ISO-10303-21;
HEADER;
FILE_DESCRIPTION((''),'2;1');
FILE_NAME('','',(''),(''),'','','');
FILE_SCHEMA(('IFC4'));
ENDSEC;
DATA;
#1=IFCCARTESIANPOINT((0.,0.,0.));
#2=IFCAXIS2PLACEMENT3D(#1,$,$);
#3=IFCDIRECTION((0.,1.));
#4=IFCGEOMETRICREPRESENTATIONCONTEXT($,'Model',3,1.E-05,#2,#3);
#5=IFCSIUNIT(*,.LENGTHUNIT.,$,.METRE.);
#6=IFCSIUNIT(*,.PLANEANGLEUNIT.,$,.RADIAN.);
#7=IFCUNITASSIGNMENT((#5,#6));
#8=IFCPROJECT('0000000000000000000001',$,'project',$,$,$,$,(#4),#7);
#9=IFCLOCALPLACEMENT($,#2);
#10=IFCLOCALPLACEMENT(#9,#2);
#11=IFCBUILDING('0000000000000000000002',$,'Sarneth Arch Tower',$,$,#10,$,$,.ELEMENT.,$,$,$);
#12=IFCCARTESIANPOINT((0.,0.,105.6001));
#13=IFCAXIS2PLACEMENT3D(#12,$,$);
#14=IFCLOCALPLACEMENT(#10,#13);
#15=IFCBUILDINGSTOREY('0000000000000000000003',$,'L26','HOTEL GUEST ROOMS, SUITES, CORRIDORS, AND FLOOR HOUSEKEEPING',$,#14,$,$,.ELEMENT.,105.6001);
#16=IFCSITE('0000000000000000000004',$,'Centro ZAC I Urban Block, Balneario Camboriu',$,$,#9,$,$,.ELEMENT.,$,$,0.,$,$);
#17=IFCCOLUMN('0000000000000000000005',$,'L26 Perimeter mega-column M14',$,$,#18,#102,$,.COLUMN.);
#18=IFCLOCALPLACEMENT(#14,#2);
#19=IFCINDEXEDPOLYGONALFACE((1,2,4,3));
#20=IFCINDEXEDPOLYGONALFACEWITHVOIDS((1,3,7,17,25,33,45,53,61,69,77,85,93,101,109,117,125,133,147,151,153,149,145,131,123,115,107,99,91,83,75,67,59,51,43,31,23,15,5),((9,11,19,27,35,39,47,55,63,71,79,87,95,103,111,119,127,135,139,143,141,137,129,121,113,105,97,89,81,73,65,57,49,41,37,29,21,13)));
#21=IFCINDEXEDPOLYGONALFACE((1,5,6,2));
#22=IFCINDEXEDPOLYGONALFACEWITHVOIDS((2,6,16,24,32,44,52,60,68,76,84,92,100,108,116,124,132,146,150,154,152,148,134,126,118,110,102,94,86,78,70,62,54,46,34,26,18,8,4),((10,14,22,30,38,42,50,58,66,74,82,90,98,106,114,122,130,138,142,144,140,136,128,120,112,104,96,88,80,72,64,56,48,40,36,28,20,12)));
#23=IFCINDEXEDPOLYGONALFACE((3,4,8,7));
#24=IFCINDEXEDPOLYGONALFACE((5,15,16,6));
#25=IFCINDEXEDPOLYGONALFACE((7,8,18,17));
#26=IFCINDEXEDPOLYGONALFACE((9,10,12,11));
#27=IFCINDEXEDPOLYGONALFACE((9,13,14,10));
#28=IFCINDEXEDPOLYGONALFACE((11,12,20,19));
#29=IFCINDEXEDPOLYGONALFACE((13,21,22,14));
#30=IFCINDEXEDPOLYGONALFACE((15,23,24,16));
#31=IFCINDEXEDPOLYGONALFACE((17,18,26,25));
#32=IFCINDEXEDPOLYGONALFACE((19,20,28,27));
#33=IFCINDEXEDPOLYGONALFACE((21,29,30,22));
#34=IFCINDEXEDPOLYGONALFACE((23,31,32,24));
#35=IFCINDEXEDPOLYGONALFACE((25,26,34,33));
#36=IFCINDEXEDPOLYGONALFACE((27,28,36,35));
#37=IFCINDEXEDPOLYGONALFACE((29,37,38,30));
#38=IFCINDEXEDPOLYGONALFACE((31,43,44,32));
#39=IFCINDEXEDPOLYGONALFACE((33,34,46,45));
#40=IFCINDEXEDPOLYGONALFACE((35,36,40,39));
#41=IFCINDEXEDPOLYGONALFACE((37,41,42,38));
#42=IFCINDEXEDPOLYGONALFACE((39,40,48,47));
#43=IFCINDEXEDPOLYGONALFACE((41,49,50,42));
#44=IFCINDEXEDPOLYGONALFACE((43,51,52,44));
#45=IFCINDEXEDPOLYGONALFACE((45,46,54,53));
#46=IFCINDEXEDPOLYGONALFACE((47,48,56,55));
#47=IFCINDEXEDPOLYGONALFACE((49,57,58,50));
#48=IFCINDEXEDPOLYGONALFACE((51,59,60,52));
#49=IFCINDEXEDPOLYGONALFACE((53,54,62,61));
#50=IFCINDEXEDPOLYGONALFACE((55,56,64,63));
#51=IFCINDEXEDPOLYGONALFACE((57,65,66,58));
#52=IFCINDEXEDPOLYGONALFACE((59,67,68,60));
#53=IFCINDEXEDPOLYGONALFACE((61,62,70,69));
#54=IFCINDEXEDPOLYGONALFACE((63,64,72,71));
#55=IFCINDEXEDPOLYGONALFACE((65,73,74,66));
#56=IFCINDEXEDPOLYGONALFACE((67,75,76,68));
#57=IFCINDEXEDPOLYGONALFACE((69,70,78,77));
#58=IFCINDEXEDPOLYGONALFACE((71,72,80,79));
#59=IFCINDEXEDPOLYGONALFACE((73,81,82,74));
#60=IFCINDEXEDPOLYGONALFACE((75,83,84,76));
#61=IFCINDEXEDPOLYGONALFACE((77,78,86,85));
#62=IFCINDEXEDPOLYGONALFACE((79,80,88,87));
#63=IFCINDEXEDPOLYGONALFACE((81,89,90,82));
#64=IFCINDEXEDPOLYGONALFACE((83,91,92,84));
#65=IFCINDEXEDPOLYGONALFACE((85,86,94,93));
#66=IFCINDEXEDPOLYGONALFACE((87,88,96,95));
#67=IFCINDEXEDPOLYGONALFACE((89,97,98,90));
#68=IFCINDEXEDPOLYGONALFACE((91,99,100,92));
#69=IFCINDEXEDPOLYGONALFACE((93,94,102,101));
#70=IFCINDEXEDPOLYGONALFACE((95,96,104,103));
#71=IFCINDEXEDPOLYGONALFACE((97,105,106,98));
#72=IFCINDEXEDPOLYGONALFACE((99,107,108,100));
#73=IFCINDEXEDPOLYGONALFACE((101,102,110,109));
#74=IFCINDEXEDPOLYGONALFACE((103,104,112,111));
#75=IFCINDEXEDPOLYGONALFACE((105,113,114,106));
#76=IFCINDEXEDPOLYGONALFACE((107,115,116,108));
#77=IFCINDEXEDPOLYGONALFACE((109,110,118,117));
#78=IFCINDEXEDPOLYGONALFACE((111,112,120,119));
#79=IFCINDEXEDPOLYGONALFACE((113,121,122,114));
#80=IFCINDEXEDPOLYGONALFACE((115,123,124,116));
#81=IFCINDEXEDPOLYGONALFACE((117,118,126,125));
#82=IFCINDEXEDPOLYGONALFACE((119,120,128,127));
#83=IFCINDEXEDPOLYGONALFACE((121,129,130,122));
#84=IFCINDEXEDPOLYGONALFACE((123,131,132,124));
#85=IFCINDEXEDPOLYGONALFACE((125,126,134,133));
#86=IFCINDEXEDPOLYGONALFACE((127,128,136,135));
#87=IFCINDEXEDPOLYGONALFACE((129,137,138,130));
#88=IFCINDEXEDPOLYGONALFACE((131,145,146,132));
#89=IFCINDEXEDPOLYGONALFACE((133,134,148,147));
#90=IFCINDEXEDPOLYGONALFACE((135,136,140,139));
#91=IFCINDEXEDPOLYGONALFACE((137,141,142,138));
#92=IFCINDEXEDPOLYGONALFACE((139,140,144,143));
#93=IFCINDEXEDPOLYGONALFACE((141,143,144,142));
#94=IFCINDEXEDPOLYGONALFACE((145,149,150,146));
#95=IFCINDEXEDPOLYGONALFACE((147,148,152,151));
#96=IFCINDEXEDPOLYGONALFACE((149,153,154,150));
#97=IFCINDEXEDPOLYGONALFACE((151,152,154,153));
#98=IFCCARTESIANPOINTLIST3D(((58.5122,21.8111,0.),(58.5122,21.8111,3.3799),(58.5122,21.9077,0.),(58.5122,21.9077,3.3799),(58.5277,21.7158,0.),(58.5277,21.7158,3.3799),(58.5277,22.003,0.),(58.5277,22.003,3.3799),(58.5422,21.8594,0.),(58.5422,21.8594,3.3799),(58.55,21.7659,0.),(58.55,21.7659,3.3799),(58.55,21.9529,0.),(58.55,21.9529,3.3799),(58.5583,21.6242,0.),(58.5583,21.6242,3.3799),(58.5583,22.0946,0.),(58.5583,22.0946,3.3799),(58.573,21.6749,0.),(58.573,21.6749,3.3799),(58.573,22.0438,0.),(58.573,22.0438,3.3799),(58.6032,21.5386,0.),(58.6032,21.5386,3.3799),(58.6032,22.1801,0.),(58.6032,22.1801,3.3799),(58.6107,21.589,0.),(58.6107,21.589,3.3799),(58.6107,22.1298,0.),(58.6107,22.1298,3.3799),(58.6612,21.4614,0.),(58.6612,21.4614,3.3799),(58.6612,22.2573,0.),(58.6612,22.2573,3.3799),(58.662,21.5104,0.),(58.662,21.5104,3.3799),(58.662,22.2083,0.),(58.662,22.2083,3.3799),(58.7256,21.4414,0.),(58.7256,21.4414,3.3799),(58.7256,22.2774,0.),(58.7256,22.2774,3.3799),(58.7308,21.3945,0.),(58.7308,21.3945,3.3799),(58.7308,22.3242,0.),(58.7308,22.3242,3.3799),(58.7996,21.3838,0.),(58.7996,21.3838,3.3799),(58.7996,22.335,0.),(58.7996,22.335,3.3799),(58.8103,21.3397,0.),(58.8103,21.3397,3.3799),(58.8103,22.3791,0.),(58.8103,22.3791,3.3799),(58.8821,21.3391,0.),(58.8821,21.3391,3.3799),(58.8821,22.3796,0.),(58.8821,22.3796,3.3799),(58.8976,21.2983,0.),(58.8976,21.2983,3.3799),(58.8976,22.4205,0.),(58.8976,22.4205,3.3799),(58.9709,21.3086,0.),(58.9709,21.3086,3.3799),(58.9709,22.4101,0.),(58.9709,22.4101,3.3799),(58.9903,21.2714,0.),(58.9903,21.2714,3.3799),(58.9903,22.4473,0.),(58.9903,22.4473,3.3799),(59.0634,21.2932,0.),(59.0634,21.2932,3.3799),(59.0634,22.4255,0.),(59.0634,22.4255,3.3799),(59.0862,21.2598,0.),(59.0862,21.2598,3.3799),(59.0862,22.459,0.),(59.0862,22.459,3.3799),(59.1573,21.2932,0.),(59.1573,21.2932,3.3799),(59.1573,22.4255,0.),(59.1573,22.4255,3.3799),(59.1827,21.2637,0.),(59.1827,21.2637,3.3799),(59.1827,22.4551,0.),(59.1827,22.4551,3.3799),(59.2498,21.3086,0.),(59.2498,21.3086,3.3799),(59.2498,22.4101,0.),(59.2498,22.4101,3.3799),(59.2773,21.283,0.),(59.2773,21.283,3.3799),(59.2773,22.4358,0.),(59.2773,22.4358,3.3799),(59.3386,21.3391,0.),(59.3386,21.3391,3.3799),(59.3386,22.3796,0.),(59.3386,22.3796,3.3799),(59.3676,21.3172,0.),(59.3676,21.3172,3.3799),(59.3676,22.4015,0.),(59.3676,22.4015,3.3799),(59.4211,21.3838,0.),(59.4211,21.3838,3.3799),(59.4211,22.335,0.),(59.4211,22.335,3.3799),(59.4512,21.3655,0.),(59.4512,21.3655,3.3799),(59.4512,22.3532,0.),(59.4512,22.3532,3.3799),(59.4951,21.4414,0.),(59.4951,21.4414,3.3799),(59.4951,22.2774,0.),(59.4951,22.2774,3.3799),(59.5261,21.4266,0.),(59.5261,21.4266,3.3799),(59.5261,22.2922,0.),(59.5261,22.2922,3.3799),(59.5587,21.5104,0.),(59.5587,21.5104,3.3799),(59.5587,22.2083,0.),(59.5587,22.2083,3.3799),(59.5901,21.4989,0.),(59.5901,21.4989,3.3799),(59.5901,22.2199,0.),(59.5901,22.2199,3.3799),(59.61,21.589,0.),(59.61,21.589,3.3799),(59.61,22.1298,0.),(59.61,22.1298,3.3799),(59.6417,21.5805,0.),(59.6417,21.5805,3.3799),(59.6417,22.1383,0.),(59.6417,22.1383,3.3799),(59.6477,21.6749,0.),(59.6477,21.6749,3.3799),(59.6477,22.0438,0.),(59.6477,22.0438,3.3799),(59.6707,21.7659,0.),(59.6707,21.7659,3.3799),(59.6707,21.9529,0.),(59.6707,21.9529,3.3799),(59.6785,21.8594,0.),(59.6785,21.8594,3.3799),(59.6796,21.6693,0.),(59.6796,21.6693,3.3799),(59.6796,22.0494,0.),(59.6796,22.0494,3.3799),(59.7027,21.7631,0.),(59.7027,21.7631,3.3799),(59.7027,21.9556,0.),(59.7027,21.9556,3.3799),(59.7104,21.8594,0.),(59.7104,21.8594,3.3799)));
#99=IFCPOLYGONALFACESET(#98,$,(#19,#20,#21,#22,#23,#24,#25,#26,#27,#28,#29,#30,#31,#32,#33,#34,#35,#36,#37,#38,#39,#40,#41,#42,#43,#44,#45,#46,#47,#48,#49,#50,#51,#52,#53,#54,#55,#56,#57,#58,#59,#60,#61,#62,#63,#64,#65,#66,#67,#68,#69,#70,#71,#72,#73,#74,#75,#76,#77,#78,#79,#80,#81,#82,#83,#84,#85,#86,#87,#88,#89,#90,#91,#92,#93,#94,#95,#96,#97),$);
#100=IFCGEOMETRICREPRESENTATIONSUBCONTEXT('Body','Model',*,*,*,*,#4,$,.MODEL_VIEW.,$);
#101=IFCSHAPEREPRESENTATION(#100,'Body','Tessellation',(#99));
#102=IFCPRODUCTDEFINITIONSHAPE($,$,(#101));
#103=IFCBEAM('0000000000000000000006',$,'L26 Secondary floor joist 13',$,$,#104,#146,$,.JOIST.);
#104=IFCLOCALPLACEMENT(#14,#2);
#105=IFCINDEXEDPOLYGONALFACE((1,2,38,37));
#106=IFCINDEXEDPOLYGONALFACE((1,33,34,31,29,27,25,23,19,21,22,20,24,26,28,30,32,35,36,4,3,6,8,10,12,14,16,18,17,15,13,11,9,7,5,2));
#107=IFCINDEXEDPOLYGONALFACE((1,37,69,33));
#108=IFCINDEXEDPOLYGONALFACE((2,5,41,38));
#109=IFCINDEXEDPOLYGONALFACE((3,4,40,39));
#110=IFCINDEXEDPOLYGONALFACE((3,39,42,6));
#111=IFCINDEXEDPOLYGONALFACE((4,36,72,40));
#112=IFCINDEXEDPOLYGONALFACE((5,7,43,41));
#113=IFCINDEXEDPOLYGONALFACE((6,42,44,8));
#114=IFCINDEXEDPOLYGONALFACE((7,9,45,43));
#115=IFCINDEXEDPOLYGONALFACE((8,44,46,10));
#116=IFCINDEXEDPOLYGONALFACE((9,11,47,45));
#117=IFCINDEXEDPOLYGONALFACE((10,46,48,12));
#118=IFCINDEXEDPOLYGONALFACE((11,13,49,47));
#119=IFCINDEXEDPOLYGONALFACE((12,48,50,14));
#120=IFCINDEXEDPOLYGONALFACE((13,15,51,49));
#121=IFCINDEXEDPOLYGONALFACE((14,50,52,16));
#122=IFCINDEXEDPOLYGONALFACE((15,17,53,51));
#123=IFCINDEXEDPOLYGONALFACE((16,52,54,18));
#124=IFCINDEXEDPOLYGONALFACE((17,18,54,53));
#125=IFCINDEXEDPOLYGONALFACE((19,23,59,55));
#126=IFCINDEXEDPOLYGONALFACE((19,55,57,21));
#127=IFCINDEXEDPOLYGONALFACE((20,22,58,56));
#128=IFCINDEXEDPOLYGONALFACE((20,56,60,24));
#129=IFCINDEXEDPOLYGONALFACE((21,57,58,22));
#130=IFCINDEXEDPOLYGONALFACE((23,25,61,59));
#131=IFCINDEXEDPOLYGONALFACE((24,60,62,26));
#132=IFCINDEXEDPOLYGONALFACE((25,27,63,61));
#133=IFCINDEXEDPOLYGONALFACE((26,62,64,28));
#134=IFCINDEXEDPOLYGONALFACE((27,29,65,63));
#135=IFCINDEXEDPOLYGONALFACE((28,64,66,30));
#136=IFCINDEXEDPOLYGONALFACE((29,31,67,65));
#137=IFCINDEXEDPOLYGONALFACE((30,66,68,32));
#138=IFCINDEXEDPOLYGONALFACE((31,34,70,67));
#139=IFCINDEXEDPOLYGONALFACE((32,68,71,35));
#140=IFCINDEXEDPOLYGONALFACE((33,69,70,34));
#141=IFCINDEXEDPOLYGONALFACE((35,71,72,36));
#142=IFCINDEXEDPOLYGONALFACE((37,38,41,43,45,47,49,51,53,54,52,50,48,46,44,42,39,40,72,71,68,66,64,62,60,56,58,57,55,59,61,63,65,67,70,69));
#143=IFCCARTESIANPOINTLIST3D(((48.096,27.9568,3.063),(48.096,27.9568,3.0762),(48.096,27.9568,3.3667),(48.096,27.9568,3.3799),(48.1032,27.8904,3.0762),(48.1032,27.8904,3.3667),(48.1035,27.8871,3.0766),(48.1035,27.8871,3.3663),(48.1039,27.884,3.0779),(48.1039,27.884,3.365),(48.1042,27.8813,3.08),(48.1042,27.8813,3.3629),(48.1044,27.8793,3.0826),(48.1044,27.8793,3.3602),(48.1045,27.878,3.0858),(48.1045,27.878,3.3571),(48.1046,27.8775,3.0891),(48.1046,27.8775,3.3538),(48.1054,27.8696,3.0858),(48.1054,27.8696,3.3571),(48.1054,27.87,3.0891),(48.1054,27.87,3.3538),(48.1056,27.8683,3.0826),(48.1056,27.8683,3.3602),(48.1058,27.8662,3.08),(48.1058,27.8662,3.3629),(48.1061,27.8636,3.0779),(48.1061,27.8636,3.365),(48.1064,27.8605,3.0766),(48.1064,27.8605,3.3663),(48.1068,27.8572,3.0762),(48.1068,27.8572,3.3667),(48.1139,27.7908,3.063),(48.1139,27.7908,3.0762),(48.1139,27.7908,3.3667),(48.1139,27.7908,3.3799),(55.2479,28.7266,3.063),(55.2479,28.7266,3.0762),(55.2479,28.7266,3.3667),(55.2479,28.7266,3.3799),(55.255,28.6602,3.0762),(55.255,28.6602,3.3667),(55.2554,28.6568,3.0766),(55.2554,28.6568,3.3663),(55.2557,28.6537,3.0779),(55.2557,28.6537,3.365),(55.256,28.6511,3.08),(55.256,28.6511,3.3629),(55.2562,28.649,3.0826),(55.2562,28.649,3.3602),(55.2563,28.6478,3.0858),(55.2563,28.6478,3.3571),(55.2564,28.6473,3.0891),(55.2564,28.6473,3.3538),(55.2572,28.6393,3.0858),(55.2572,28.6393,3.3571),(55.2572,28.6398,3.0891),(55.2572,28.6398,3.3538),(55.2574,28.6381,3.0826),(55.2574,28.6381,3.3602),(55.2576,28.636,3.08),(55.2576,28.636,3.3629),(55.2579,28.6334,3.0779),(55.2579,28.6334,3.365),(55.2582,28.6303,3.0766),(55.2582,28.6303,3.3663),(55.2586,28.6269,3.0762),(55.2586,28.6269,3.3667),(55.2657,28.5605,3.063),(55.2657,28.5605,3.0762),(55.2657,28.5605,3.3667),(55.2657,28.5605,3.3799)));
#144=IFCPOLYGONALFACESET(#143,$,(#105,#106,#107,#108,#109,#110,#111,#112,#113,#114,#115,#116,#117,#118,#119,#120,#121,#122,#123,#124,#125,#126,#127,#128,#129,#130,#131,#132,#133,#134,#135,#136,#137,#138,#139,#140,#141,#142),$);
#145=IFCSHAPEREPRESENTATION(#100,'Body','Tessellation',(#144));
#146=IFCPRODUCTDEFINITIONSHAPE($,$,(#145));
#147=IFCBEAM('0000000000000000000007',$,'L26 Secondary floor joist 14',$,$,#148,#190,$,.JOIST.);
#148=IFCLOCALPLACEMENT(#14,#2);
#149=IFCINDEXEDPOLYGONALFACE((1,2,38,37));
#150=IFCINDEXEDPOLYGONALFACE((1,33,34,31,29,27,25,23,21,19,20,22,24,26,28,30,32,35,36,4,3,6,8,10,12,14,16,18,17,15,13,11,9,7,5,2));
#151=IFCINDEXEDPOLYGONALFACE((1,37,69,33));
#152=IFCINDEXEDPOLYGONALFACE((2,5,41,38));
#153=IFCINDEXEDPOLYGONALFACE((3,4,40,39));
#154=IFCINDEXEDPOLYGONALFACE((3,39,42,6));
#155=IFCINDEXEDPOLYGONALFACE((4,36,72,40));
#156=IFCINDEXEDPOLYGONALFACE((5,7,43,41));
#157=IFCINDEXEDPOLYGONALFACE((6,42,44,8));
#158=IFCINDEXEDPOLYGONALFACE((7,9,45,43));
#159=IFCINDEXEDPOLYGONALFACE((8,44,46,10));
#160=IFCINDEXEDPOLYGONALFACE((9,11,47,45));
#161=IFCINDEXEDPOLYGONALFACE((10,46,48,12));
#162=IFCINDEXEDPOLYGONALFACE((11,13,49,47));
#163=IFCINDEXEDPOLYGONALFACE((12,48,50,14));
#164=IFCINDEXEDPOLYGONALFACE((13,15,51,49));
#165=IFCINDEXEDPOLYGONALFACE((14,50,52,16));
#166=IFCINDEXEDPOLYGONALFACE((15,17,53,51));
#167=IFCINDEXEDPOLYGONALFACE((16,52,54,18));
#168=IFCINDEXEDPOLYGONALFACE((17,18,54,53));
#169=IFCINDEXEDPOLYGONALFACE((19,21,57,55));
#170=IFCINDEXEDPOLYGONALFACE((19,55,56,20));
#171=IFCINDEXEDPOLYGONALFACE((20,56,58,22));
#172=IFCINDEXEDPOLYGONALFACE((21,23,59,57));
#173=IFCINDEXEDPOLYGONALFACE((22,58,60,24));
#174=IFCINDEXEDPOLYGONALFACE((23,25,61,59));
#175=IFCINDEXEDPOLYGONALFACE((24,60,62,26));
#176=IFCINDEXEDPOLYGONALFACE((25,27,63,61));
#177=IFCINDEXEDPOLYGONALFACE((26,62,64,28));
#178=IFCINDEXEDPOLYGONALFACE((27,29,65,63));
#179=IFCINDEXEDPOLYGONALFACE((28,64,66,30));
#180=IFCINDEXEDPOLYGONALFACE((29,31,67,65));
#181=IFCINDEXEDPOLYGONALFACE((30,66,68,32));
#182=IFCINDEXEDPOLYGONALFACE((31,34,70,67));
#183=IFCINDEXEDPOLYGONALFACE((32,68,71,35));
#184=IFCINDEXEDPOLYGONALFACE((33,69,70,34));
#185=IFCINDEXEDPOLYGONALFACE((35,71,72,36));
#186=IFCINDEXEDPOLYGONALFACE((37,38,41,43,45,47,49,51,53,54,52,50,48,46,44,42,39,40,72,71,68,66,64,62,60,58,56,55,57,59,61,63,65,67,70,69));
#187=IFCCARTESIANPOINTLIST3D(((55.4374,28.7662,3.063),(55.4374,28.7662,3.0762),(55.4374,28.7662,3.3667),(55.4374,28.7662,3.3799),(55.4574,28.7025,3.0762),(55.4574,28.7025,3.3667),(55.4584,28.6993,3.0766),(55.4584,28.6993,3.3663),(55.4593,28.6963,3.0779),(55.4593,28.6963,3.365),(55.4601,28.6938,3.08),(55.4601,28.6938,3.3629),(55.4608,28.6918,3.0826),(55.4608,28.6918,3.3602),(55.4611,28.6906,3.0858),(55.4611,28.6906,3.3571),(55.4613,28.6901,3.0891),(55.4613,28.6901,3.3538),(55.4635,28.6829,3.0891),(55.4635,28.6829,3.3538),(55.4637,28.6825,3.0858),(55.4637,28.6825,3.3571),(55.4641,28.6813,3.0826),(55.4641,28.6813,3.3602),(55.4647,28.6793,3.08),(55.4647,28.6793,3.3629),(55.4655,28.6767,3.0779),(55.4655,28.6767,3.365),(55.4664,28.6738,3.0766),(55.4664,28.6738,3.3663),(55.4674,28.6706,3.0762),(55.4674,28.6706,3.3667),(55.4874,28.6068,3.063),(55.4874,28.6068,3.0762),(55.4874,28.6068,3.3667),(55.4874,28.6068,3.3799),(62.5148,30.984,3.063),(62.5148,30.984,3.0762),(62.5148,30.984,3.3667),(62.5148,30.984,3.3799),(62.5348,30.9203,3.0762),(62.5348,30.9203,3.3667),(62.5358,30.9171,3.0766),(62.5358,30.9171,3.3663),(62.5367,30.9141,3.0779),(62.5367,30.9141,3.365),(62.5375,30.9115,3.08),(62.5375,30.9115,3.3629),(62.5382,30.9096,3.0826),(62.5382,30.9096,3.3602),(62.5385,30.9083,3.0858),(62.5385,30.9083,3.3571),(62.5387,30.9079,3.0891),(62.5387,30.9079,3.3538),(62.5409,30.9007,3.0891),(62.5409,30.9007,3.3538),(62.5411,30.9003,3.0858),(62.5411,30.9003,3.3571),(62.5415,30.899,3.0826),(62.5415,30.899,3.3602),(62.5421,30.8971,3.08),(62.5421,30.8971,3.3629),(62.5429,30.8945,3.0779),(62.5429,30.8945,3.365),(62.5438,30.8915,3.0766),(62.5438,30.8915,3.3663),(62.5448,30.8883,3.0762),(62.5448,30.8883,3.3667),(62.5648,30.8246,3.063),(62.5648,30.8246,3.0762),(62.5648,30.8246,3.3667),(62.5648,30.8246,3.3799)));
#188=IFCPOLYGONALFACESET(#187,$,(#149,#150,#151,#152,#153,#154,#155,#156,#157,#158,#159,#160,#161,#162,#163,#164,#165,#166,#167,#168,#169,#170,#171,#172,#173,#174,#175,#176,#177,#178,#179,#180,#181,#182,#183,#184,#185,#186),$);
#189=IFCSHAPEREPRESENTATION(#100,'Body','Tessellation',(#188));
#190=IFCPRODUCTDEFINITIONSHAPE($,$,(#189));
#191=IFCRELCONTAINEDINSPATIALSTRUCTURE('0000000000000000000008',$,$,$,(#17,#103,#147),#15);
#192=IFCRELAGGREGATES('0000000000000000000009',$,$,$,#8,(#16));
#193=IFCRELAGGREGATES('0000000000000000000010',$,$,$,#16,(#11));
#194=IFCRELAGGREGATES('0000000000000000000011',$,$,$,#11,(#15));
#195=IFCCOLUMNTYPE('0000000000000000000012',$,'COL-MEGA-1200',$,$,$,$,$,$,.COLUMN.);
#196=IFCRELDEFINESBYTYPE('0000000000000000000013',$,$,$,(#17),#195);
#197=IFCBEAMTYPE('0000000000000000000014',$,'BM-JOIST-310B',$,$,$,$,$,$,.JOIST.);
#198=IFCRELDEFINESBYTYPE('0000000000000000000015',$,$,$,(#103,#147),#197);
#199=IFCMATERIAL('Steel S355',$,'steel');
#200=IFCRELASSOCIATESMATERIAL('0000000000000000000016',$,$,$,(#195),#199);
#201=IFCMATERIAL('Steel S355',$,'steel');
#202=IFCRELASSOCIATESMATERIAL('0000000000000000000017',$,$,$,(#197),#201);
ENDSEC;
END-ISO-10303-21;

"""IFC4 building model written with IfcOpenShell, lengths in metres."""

from ifc_helpers import new_model, si_unit, direction, frame, origin, origin_2d, place, context, subcontext, project, spatial, hollow_circle, i_section, extrude, material, material_profile, profile_set, type_object, element, save


model = new_model("IFC4")

# Units and contexts
model_context = context("Model", 3, precision=1e-05, world=origin(), true_north=direction((0.0, 1.0)))
body_context = subcontext(model_context, "Body", "Model", "MODEL_VIEW")
ifc_project = project(units=[si_unit("LENGTHUNIT", "METRE"), si_unit("PLANEANGLEUNIT", "RADIAN")], contexts=[model_context])

# Site, building, storey
site_placement = place(None, origin())
site = spatial("IfcSite", under=ifc_project, at=site_placement, Name="Centro ZAC I Urban Block, Balneario Camboriu", CompositionType="ELEMENT", RefElevation=0.0)
building_placement = place(site_placement, origin())
building = spatial("IfcBuilding", under=site, at=building_placement, Name="Sarneth Arch Tower", CompositionType="ELEMENT")
storey_placement = place(building_placement, frame((0.0, 0.0, 105.6001)))
storey = spatial("IfcBuildingStorey", under=building, at=storey_placement, Name="L26", Description="HOTEL GUEST ROOMS, SUITES, CORRIDORS, AND FLOOR HOUSEKEEPING", CompositionType="ELEMENT", Elevation=105.6001)

# Column
ifc_material_1 = material(Name="Steel S355", Category="steel")
ifc_material_profile_1 = material_profile(ifc_material_1, hollow_circle(Radius=0.6001, WallThickness=0.032, at=origin_2d()), Name="CHS1200x32")
ifc_profile_set_1 = profile_set([ifc_material_profile_1], Name="Steel S355")
column_type = type_object("IfcColumnType", Name="COL-MEGA-1200", PredefinedType="COLUMN", material=ifc_profile_set_1)
column_placement = place(storey_placement, frame((59.1104, 21.8594, 0.0), z_axis=(0.0, 0.0, 1.0), x_axis=(1.0, 0.0, 0.0)))
element("IfcColumn", 1, at=column_placement, inside=storey, type_object=column_type, Name="L26 Perimeter mega-column M14", PredefinedType="COLUMN", context=body_context, shape_type="SweptSolid", body=[
    extrude(hollow_circle(Radius=0.6001, WallThickness=0.032, at=origin_2d()), origin(), (0.0, 0.0, 1.0), 3.3799),
])

# Beams
ifc_material_2 = material(Name="Steel S355", Category="steel")
ifc_material_profile_2 = material_profile(ifc_material_2, i_section(OverallWidth=0.167, OverallDepth=0.3169, WebThickness=0.0076, FlangeThickness=0.0132, FilletRadius=0.0129, at=origin_2d()), Name="W310x52")
ifc_profile_set_2 = profile_set([ifc_material_profile_2], Name="Steel S355")
beam_type_1 = type_object("IfcBeamType", Name="BM-JOIST-310B", PredefinedType="JOIST", material=ifc_profile_set_2)
beam_1_placement = place(storey_placement, frame((48.105, 27.8738, 3.2214), z_axis=(0.994257, 0.107015, 0.0), x_axis=(-0.107015, 0.994257, 0.0)))
element("IfcBeam", 2, at=beam_1_placement, inside=storey, type_object=beam_type_1, Name="L26 Secondary floor joist 13", PredefinedType="JOIST", context=body_context, shape_type="SweptSolid", body=[
    extrude(i_section(OverallWidth=0.167, OverallDepth=0.3169, WebThickness=0.0076, FlangeThickness=0.0132, FilletRadius=0.0129, at=origin_2d()), origin(), (0.0, 0.0, 1.0), 7.1931),
])
beam_2_placement = place(storey_placement, frame((55.4624, 28.6865, 3.2214), z_axis=(0.954246, 0.299023, 0.0), x_axis=(-0.299023, 0.954246, 0.0)))
element("IfcBeam", 3, at=beam_2_placement, inside=storey, type_object=beam_type_1, Name="L26 Secondary floor joist 14", PredefinedType="JOIST", context=body_context, shape_type="SweptSolid", body=[
    extrude(i_section(OverallWidth=0.167, OverallDepth=0.3169, WebThickness=0.0076, FlangeThickness=0.0132, FilletRadius=0.0129, at=origin_2d()), origin(), (0.0, 0.0, 1.0), 7.4167),
])

save(model, "model.ifc")
